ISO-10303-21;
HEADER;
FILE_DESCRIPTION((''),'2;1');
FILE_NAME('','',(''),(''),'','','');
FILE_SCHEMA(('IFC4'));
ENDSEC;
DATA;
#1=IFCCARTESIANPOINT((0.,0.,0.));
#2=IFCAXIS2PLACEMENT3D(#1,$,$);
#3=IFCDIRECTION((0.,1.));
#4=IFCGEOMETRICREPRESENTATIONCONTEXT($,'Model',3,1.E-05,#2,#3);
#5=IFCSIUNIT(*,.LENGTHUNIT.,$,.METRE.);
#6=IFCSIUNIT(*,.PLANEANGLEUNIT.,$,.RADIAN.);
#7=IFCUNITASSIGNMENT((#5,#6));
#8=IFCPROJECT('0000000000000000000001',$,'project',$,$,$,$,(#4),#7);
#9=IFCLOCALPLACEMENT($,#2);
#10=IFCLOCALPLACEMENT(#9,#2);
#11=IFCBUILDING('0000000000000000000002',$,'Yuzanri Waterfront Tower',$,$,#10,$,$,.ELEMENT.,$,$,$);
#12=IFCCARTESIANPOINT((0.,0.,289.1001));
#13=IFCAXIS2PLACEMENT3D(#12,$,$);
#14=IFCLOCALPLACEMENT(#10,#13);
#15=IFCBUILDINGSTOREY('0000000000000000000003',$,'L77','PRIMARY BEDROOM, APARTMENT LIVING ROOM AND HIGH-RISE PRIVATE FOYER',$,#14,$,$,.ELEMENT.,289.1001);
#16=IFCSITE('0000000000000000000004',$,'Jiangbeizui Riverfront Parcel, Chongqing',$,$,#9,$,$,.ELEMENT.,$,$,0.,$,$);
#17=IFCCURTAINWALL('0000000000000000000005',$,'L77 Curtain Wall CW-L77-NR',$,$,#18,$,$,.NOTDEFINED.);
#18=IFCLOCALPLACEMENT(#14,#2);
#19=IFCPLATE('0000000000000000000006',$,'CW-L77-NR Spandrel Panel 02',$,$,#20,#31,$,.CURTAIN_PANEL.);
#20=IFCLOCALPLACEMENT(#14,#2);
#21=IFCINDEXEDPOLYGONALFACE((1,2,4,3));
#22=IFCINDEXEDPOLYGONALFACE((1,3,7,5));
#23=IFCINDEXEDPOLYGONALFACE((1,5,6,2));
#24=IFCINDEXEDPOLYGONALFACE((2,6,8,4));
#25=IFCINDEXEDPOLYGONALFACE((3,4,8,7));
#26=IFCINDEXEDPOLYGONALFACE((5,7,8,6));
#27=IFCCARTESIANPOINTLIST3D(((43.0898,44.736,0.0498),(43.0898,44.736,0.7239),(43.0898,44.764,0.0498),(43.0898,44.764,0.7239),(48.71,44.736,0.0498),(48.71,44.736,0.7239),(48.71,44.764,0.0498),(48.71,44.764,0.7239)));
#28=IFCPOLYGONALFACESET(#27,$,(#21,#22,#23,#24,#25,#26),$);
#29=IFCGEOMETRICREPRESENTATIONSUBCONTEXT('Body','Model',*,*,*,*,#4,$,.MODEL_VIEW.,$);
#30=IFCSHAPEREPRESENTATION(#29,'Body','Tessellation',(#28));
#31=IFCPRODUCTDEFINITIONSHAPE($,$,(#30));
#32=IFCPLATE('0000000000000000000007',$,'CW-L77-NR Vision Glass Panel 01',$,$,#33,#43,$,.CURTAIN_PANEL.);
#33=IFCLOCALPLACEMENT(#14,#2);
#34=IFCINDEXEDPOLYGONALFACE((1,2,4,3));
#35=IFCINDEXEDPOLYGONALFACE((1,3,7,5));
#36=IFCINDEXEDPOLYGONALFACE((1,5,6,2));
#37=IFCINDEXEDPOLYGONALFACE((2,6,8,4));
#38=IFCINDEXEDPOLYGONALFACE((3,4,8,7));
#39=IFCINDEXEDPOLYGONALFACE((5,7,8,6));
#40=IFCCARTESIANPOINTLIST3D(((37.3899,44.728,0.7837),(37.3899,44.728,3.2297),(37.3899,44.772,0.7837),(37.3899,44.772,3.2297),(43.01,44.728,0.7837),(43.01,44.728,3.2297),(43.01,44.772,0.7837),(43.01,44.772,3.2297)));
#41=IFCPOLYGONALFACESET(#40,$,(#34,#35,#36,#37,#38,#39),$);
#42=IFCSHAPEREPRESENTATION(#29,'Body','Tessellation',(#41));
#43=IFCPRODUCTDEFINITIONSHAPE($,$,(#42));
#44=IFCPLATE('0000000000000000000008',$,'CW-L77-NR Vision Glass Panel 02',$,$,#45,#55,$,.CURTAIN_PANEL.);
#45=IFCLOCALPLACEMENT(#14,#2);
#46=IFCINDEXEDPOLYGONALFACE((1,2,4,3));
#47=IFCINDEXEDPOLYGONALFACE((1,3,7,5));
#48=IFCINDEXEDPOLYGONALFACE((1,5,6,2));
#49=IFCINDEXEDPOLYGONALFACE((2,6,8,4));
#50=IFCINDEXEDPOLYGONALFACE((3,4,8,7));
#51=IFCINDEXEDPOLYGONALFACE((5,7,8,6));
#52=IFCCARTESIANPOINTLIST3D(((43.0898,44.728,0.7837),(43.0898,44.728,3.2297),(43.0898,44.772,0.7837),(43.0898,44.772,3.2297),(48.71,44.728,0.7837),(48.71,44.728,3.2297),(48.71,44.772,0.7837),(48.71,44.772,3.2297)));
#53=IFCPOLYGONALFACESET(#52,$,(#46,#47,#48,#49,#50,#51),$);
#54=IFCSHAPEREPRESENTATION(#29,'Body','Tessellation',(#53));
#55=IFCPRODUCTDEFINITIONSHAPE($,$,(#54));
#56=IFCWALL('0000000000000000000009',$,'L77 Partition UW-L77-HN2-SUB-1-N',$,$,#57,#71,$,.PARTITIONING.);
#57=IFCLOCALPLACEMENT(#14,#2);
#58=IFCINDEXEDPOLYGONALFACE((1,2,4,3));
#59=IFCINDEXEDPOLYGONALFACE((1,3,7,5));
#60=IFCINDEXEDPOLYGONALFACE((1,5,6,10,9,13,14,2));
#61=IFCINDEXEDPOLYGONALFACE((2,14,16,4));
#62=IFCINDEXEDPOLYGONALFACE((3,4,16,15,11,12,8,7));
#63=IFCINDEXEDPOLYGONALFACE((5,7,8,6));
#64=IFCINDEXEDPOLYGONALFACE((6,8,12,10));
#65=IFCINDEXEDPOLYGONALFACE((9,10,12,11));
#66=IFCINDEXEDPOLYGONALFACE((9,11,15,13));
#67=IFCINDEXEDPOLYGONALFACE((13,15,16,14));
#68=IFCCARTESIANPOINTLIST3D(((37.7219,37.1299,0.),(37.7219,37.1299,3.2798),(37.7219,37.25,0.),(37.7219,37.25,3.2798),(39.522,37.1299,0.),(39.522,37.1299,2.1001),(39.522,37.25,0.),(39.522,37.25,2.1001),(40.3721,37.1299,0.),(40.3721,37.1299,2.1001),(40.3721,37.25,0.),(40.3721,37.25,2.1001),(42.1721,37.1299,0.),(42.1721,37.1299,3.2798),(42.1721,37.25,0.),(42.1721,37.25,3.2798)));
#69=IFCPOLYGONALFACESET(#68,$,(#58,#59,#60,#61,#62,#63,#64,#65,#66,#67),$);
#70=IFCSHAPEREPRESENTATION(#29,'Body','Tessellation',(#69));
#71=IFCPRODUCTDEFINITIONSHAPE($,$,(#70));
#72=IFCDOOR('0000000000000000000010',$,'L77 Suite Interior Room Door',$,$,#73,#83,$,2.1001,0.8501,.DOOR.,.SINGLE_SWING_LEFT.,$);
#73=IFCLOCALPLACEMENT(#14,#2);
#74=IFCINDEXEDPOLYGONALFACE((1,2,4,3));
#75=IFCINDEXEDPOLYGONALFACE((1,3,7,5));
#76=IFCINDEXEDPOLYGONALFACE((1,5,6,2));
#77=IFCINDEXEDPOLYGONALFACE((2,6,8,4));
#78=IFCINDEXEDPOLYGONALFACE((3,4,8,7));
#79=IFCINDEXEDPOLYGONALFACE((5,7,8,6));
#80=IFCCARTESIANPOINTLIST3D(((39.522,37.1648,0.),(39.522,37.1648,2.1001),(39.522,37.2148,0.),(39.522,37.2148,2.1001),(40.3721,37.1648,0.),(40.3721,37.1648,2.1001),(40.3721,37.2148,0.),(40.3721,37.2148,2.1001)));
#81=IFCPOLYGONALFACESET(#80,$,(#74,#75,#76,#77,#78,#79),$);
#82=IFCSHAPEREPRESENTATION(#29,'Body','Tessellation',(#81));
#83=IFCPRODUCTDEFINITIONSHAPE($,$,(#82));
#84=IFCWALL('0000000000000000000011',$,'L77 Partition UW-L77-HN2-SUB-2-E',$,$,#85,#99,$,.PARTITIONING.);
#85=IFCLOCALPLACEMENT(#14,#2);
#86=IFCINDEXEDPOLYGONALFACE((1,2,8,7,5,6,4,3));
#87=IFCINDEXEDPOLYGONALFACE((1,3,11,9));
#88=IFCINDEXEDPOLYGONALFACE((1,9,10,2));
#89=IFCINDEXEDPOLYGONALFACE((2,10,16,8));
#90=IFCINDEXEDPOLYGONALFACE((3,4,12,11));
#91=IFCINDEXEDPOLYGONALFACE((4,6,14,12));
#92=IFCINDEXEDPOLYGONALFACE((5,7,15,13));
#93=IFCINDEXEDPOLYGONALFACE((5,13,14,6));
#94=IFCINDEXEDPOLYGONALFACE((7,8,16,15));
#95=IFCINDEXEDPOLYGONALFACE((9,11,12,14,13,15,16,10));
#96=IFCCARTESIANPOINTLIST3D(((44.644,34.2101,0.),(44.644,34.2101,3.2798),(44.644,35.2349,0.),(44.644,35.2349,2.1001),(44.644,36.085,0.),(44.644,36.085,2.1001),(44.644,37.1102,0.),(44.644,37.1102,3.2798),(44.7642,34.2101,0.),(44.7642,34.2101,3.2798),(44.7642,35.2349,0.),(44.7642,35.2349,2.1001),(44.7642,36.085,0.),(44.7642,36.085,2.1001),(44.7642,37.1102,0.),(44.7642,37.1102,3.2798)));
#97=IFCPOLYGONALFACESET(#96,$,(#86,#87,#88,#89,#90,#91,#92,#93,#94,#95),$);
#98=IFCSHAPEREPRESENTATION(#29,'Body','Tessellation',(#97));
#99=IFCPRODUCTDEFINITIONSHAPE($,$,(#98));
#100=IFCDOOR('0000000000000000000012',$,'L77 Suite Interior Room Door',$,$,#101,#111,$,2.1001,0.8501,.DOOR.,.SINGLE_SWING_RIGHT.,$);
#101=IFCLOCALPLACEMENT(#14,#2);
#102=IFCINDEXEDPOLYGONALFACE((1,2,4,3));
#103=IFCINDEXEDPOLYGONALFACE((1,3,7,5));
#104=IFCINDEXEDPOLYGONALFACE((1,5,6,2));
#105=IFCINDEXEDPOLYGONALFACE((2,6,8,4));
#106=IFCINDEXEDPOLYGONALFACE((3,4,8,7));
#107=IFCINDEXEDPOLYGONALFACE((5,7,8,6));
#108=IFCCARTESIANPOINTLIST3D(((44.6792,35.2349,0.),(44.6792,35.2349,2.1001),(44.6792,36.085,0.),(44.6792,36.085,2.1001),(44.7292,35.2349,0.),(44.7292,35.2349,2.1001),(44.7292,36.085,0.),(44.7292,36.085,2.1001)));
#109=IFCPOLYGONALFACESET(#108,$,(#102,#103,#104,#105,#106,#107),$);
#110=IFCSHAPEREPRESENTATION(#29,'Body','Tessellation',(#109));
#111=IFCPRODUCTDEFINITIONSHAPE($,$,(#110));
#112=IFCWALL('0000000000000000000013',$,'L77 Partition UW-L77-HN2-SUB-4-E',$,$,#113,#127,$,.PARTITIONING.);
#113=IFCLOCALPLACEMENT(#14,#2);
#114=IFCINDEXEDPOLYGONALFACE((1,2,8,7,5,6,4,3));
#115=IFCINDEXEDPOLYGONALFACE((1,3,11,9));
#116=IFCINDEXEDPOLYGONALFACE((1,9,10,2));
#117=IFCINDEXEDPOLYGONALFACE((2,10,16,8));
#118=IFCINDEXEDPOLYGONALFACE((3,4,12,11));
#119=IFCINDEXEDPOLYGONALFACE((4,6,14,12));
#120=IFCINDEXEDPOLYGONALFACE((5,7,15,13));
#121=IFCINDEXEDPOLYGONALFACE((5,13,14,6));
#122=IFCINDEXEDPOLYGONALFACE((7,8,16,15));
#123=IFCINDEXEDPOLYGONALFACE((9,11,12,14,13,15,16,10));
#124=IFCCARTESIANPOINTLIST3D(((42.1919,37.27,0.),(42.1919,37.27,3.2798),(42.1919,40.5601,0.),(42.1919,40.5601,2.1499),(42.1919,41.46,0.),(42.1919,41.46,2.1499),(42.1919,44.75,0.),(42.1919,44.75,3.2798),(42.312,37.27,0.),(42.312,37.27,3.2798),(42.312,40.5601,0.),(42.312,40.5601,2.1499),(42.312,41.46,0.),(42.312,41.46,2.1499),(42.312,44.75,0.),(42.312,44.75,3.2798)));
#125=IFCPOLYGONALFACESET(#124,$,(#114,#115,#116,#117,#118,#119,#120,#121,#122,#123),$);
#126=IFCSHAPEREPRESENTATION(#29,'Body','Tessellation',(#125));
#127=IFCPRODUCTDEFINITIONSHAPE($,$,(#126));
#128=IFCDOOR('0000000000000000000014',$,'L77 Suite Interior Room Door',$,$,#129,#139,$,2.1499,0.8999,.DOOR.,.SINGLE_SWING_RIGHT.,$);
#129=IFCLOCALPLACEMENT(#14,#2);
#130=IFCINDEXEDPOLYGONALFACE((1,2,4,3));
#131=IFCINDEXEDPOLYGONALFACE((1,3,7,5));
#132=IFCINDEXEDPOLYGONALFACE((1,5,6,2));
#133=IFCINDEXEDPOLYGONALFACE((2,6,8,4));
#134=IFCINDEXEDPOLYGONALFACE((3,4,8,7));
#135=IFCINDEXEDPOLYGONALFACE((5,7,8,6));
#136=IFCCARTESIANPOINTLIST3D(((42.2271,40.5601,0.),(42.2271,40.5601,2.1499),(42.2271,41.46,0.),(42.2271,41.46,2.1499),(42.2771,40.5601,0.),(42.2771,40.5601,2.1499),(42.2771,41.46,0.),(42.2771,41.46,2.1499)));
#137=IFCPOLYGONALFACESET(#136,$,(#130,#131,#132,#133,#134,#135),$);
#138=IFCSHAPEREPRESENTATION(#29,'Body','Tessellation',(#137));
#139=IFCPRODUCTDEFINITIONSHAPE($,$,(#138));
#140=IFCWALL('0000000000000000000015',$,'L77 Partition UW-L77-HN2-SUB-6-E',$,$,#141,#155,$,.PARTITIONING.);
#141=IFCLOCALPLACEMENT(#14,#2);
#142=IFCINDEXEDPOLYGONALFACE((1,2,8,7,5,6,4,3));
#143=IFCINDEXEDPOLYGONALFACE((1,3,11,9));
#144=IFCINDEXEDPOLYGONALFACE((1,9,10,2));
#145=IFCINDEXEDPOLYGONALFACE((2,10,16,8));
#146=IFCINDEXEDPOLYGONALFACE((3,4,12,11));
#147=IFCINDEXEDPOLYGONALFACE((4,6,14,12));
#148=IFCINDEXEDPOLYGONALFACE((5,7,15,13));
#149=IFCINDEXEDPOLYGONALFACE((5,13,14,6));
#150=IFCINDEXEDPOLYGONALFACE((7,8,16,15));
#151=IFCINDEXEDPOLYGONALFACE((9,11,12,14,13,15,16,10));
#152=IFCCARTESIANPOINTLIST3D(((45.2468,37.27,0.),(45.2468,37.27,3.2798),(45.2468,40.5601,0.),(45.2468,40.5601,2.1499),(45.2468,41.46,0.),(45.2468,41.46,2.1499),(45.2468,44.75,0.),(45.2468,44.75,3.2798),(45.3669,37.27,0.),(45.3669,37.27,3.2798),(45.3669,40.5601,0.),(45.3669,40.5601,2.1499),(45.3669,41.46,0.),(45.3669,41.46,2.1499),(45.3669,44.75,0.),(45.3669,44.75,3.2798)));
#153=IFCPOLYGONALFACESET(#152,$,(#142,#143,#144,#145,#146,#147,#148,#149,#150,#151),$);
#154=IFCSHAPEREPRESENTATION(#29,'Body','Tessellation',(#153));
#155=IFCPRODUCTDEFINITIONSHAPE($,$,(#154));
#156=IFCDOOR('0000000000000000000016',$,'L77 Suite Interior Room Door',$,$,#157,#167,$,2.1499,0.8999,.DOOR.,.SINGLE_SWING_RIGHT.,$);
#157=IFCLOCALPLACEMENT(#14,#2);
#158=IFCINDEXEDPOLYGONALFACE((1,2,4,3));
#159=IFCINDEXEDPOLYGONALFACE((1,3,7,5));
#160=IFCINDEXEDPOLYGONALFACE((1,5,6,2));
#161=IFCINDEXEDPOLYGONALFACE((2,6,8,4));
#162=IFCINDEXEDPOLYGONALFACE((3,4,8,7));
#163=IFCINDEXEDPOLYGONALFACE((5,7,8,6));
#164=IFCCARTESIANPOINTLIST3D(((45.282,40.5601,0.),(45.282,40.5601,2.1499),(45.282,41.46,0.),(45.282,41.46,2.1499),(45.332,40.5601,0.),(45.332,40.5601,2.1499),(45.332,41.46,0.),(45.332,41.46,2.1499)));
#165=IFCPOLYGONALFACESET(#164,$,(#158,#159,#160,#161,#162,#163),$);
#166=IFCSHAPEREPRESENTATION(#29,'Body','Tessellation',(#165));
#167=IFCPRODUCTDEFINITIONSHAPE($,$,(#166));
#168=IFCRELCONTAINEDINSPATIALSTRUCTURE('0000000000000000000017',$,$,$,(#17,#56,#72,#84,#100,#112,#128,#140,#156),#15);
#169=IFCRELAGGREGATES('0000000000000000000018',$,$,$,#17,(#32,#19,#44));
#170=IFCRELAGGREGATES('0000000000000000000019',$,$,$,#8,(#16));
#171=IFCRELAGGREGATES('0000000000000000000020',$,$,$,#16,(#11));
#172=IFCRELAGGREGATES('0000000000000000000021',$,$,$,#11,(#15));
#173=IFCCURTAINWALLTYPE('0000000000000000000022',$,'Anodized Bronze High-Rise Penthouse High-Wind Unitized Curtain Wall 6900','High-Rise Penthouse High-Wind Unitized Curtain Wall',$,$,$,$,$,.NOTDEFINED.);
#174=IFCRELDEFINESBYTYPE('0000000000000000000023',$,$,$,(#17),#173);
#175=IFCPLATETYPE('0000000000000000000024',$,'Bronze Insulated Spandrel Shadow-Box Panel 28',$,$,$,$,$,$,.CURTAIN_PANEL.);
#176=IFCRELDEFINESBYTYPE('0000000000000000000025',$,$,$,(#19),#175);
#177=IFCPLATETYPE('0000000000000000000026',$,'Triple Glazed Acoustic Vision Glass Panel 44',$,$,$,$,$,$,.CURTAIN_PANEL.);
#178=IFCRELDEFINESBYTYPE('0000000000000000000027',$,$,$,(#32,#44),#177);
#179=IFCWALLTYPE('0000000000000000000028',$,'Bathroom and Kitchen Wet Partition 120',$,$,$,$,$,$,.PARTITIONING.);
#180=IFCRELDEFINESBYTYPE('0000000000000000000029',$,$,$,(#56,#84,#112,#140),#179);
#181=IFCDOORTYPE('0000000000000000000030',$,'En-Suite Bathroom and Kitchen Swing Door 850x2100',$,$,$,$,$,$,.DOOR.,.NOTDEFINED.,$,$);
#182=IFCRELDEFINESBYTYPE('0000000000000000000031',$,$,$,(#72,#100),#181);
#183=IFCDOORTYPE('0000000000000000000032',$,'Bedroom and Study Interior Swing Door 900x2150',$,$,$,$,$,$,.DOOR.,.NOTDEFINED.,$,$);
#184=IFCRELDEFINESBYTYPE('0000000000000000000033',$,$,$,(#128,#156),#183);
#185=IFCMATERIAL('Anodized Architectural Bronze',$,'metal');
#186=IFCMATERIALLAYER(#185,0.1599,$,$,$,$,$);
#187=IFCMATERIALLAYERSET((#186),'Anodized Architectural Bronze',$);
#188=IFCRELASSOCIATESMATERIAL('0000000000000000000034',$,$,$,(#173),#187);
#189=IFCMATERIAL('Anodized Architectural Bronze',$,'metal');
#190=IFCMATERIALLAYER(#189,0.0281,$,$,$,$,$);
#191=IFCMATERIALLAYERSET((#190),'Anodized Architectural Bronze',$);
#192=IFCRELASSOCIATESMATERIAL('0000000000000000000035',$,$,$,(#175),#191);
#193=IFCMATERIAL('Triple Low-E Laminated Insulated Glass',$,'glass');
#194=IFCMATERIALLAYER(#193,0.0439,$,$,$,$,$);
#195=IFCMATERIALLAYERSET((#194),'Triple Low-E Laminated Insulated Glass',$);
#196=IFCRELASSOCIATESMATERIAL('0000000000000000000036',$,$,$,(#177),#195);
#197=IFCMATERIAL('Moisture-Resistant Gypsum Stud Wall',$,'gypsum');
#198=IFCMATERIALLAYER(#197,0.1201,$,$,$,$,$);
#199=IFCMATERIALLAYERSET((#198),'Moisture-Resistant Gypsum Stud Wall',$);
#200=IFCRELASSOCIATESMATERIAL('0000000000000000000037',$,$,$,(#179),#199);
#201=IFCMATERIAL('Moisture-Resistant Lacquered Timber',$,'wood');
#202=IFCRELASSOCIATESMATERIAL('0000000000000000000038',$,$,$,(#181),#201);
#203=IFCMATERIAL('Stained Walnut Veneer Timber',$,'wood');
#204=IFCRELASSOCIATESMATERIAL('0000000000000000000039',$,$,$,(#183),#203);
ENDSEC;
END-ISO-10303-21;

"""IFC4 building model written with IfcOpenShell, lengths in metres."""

from ifc_helpers import new_model, si_unit, direction, frame, frame_2d, origin, origin_2d, place, context, subcontext, project, spatial, rectangle, extrude, source, transform, mapped, material, layer, layer_set, type_object, element, fill, aggregate, save


model = new_model("IFC4")

# Units and contexts
model_context = context("Model", 3, precision=1e-05, world=origin(), true_north=direction((0.0, 1.0)))
body_context = subcontext(model_context, "Body", "Model", "MODEL_VIEW")
ifc_project = project(units=[si_unit("LENGTHUNIT", "METRE"), si_unit("PLANEANGLEUNIT", "RADIAN")], contexts=[model_context])

# Site, building, storey
site_placement = place(None, origin())
site = spatial("IfcSite", under=ifc_project, at=site_placement, Name="Jiangbeizui Riverfront Parcel, Chongqing", CompositionType="ELEMENT", RefElevation=0.0)
building_placement = place(site_placement, origin())
building = spatial("IfcBuilding", under=site, at=building_placement, Name="Yuzanri Waterfront Tower", CompositionType="ELEMENT")
storey_placement = place(building_placement, frame((0.0, 0.0, 289.1001)))
storey = spatial("IfcBuildingStorey", under=building, at=storey_placement, Name="L77", Description="PRIMARY BEDROOM, APARTMENT LIVING ROOM AND HIGH-RISE PRIVATE FOYER", CompositionType="ELEMENT", Elevation=289.1001)

# Curtain wall, plates
ifc_material_1 = material(Name="Anodized Architectural Bronze", Category="metal")
ifc_layer_1 = layer(ifc_material_1, 0.1599)
ifc_layer_set_1 = layer_set([ifc_layer_1], Name="Anodized Architectural Bronze")
curtain_wall_type = type_object("IfcCurtainWallType", Name="Anodized Bronze High-Rise Penthouse High-Wind Unitized Curtain Wall 6900", Description="High-Rise Penthouse High-Wind Unitized Curtain Wall", PredefinedType="NOTDEFINED", material=ifc_layer_set_1)
curtain_wall_placement = place(storey_placement, origin())
curtain_wall = element("IfcCurtainWall", 1, at=curtain_wall_placement, inside=storey, type_object=curtain_wall_type, Name="L77 Curtain Wall CW-L77-NR", PredefinedType="NOTDEFINED")
ifc_material_2 = material(Name="Anodized Architectural Bronze", Category="metal")
ifc_layer_2 = layer(ifc_material_2, 0.0281)
ifc_layer_set_2 = layer_set([ifc_layer_2], Name="Anodized Architectural Bronze")
plate_type_1 = type_object("IfcPlateType", Name="Bronze Insulated Spandrel Shadow-Box Panel 28", PredefinedType="CURTAIN_PANEL", material=ifc_layer_set_2)
shared_shape_1 = source(origin(), body_context, "Body", "SweptSolid", [
    extrude(rectangle(XDim=5.6201, YDim=0.0281, at=origin_2d()), origin(), (0.0, 0.0, 1.0), 0.6741),
])
plate_1_placement = place(storey_placement, frame((45.8999, 44.75, 0.0498), z_axis=(0.0, 0.0, 1.0), x_axis=(1.0, 0.0, 0.0)))
plate_1 = element("IfcPlate", 2, at=plate_1_placement, type_object=plate_type_1, Name="CW-L77-NR Spandrel Panel 02", PredefinedType="CURTAIN_PANEL", context=body_context, shape_type="MappedRepresentation", body=[
    mapped(shared_shape_1, transform((0.0, 0.0, 0.0), scale=1.0)),
])
ifc_material_3 = material(Name="Triple Low-E Laminated Insulated Glass", Category="glass")
ifc_layer_3 = layer(ifc_material_3, 0.0439)
ifc_layer_set_3 = layer_set([ifc_layer_3], Name="Triple Low-E Laminated Insulated Glass")
plate_type_2 = type_object("IfcPlateType", Name="Triple Glazed Acoustic Vision Glass Panel 44", PredefinedType="CURTAIN_PANEL", material=ifc_layer_set_3)
shared_shape_2 = source(origin(), body_context, "Body", "SweptSolid", [
    extrude(rectangle(XDim=5.6201, YDim=0.0439, at=origin_2d()), origin(), (0.0, 0.0, 1.0), 2.446),
])
plate_2_placement = place(storey_placement, frame((40.2, 44.75, 0.7837), z_axis=(0.0, 0.0, 1.0), x_axis=(1.0, 0.0, 0.0)))
plate_2 = element("IfcPlate", 3, at=plate_2_placement, type_object=plate_type_2, Name="CW-L77-NR Vision Glass Panel 01", PredefinedType="CURTAIN_PANEL", context=body_context, shape_type="MappedRepresentation", body=[
    mapped(shared_shape_2, transform((0.0, 0.0, 0.0), scale=1.0)),
])
plate_3_placement = place(storey_placement, frame((45.8999, 44.75, 0.7837), z_axis=(0.0, 0.0, 1.0), x_axis=(1.0, 0.0, 0.0)))
plate_3 = element("IfcPlate", 4, at=plate_3_placement, type_object=plate_type_2, Name="CW-L77-NR Vision Glass Panel 02", PredefinedType="CURTAIN_PANEL", context=body_context, shape_type="MappedRepresentation", body=[
    mapped(shared_shape_2, transform((0.0, 0.0, 0.0), scale=1.0)),
])
aggregate(curtain_wall, [plate_2, plate_1, plate_3])

# Walls, openings, doors
ifc_material_4 = material(Name="Moisture-Resistant Gypsum Stud Wall", Category="gypsum")
ifc_layer_4 = layer(ifc_material_4, 0.1201)
ifc_layer_set_4 = layer_set([ifc_layer_4], Name="Moisture-Resistant Gypsum Stud Wall")
wall_type_1 = type_object("IfcWallType", Name="Bathroom and Kitchen Wet Partition 120", PredefinedType="PARTITIONING", material=ifc_layer_set_4)
wall_1_placement = place(storey_placement, frame((37.7219, 37.1899, 0.0), z_axis=(0.0, 0.0, 1.0), x_axis=(1.0, 0.0, 0.0)))
wall_1 = element("IfcWall", 5, at=wall_1_placement, inside=storey, type_object=wall_type_1, Name="L77 Partition UW-L77-HN2-SUB-1-N", PredefinedType="PARTITIONING", context=body_context, shape_type="SweptSolid", body=[
    extrude(rectangle(XDim=4.4502, YDim=0.1201, at=frame_2d((2.2251, 0.0))), origin(), (0.0, 0.0, 1.0), 3.2798),
])
opening_1_placement = place(wall_1_placement, frame((1.8, 0.0, 0.0)))
opening_1 = element("IfcOpeningElement", 6, at=opening_1_placement, cuts=wall_1, PredefinedType="OPENING", context=body_context, shape_type="SweptSolid", body=[
    extrude(rectangle(XDim=0.8501, YDim=2.1001, at=frame_2d((0.425, 1.05))), frame((0.0, 0.075, 0.0), z_axis=(0.0, -1.0, 0.0), x_axis=(1.0, 0.0, 0.0)), (0.0, 0.0, 1.0), 0.1499),
])
ifc_material_5 = material(Name="Moisture-Resistant Lacquered Timber", Category="wood")
door_type_1 = type_object("IfcDoorType", Name="En-Suite Bathroom and Kitchen Swing Door 850x2100", OperationType="NOTDEFINED", PredefinedType="DOOR", material=ifc_material_5)
shared_shape_3 = source(origin(), body_context, "Body", "SweptSolid", [
    extrude(rectangle(XDim=0.8501, YDim=2.1001, at=frame_2d((0.425, 1.05))), frame((0.0, 0.0249, 0.0), z_axis=(0.0, -1.0, 0.0), x_axis=(1.0, 0.0, 0.0)), (0.0, 0.0, 1.0), 0.05),
])
door_1_placement = place(opening_1_placement, origin())
door_1 = element("IfcDoor", 7, at=door_1_placement, inside=storey, type_object=door_type_1, Name="L77 Suite Interior Room Door", OperationType="SINGLE_SWING_LEFT", OverallHeight=2.1001, OverallWidth=0.8501, PredefinedType="DOOR", context=body_context, shape_type="MappedRepresentation", body=[
    mapped(shared_shape_3, transform((0.0, 0.0, 0.0), scale=1.0)),
])
fill(opening_1, door_1)
wall_2_placement = place(storey_placement, frame((44.7041, 34.21, 0.0), z_axis=(0.0, 0.0, 1.0), x_axis=(0.0, 1.0, 0.0)))
wall_2 = element("IfcWall", 8, at=wall_2_placement, inside=storey, type_object=wall_type_1, Name="L77 Partition UW-L77-HN2-SUB-2-E", PredefinedType="PARTITIONING", context=body_context, shape_type="SweptSolid", body=[
    extrude(rectangle(XDim=2.9001, YDim=0.1201, at=frame_2d((1.4502, 0.0))), origin(), (0.0, 0.0, 1.0), 3.2798),
])
opening_2_placement = place(wall_2_placement, frame((1.0249, 0.0, 0.0)))
opening_2 = element("IfcOpeningElement", 9, at=opening_2_placement, cuts=wall_2, PredefinedType="OPENING", context=body_context, shape_type="SweptSolid", body=[
    extrude(rectangle(XDim=0.8501, YDim=2.1001, at=frame_2d((0.425, 1.05))), frame((0.0, 0.075, 0.0), z_axis=(0.0, -1.0, 0.0), x_axis=(1.0, 0.0, 0.0)), (0.0, 0.0, 1.0), 0.1499),
])
door_2_placement = place(opening_2_placement, origin())
door_2 = element("IfcDoor", 10, at=door_2_placement, inside=storey, type_object=door_type_1, Name="L77 Suite Interior Room Door", OperationType="SINGLE_SWING_RIGHT", OverallHeight=2.1001, OverallWidth=0.8501, PredefinedType="DOOR", context=body_context, shape_type="MappedRepresentation", body=[
    mapped(shared_shape_3, transform((0.0, 0.0, 0.0), scale=1.0)),
])
fill(opening_2, door_2)
wall_3_placement = place(storey_placement, frame((42.252, 37.27, 0.0), z_axis=(0.0, 0.0, 1.0), x_axis=(0.0, 1.0, 0.0)))
wall_3 = element("IfcWall", 11, at=wall_3_placement, inside=storey, type_object=wall_type_1, Name="L77 Partition UW-L77-HN2-SUB-4-E", PredefinedType="PARTITIONING", context=body_context, shape_type="SweptSolid", body=[
    extrude(rectangle(XDim=7.48, YDim=0.1201, at=frame_2d((3.74, 0.0))), origin(), (0.0, 0.0, 1.0), 3.2798),
])
opening_3_placement = place(wall_3_placement, frame((3.29, 0.0, 0.0)))
opening_3 = element("IfcOpeningElement", 12, at=opening_3_placement, cuts=wall_3, PredefinedType="OPENING", context=body_context, shape_type="SweptSolid", body=[
    extrude(rectangle(XDim=0.8999, YDim=2.1499, at=frame_2d((0.45, 1.075))), frame((0.0, 0.075, 0.0), z_axis=(0.0, -1.0, 0.0), x_axis=(1.0, 0.0, 0.0)), (0.0, 0.0, 1.0), 0.1499),
])
ifc_material_6 = material(Name="Stained Walnut Veneer Timber", Category="wood")
door_type_2 = type_object("IfcDoorType", Name="Bedroom and Study Interior Swing Door 900x2150", OperationType="NOTDEFINED", PredefinedType="DOOR", material=ifc_material_6)
shared_shape_4 = source(origin(), body_context, "Body", "SweptSolid", [
    extrude(rectangle(XDim=0.8999, YDim=2.1499, at=frame_2d((0.45, 1.075))), frame((0.0, 0.0249, 0.0), z_axis=(0.0, -1.0, 0.0), x_axis=(1.0, 0.0, 0.0)), (0.0, 0.0, 1.0), 0.05),
])
door_3_placement = place(opening_3_placement, origin())
door_3 = element("IfcDoor", 13, at=door_3_placement, inside=storey, type_object=door_type_2, Name="L77 Suite Interior Room Door", OperationType="SINGLE_SWING_RIGHT", OverallHeight=2.1499, OverallWidth=0.8999, PredefinedType="DOOR", context=body_context, shape_type="MappedRepresentation", body=[
    mapped(shared_shape_4, transform((0.0, 0.0, 0.0), scale=1.0)),
])
fill(opening_3, door_3)
wall_4_placement = place(storey_placement, frame((45.3069, 37.27, 0.0), z_axis=(0.0, 0.0, 1.0), x_axis=(0.0, 1.0, 0.0)))
wall_4 = element("IfcWall", 14, at=wall_4_placement, inside=storey, type_object=wall_type_1, Name="L77 Partition UW-L77-HN2-SUB-6-E", PredefinedType="PARTITIONING", context=body_context, shape_type="SweptSolid", body=[
    extrude(rectangle(XDim=7.48, YDim=0.1201, at=frame_2d((3.74, 0.0))), origin(), (0.0, 0.0, 1.0), 3.2798),
])
opening_4_placement = place(wall_4_placement, frame((3.29, 0.0, 0.0)))
opening_4 = element("IfcOpeningElement", 15, at=opening_4_placement, cuts=wall_4, PredefinedType="OPENING", context=body_context, shape_type="SweptSolid", body=[
    extrude(rectangle(XDim=0.8999, YDim=2.1499, at=frame_2d((0.45, 1.075))), frame((0.0, 0.075, 0.0), z_axis=(0.0, -1.0, 0.0), x_axis=(1.0, 0.0, 0.0)), (0.0, 0.0, 1.0), 0.1499),
])
door_4_placement = place(opening_4_placement, origin())
door_4 = element("IfcDoor", 16, at=door_4_placement, inside=storey, type_object=door_type_2, Name="L77 Suite Interior Room Door", OperationType="SINGLE_SWING_RIGHT", OverallHeight=2.1499, OverallWidth=0.8999, PredefinedType="DOOR", context=body_context, shape_type="MappedRepresentation", body=[
    mapped(shared_shape_4, transform((0.0, 0.0, 0.0), scale=1.0)),
])
fill(opening_4, door_4)

save(model, "model.ifc")
